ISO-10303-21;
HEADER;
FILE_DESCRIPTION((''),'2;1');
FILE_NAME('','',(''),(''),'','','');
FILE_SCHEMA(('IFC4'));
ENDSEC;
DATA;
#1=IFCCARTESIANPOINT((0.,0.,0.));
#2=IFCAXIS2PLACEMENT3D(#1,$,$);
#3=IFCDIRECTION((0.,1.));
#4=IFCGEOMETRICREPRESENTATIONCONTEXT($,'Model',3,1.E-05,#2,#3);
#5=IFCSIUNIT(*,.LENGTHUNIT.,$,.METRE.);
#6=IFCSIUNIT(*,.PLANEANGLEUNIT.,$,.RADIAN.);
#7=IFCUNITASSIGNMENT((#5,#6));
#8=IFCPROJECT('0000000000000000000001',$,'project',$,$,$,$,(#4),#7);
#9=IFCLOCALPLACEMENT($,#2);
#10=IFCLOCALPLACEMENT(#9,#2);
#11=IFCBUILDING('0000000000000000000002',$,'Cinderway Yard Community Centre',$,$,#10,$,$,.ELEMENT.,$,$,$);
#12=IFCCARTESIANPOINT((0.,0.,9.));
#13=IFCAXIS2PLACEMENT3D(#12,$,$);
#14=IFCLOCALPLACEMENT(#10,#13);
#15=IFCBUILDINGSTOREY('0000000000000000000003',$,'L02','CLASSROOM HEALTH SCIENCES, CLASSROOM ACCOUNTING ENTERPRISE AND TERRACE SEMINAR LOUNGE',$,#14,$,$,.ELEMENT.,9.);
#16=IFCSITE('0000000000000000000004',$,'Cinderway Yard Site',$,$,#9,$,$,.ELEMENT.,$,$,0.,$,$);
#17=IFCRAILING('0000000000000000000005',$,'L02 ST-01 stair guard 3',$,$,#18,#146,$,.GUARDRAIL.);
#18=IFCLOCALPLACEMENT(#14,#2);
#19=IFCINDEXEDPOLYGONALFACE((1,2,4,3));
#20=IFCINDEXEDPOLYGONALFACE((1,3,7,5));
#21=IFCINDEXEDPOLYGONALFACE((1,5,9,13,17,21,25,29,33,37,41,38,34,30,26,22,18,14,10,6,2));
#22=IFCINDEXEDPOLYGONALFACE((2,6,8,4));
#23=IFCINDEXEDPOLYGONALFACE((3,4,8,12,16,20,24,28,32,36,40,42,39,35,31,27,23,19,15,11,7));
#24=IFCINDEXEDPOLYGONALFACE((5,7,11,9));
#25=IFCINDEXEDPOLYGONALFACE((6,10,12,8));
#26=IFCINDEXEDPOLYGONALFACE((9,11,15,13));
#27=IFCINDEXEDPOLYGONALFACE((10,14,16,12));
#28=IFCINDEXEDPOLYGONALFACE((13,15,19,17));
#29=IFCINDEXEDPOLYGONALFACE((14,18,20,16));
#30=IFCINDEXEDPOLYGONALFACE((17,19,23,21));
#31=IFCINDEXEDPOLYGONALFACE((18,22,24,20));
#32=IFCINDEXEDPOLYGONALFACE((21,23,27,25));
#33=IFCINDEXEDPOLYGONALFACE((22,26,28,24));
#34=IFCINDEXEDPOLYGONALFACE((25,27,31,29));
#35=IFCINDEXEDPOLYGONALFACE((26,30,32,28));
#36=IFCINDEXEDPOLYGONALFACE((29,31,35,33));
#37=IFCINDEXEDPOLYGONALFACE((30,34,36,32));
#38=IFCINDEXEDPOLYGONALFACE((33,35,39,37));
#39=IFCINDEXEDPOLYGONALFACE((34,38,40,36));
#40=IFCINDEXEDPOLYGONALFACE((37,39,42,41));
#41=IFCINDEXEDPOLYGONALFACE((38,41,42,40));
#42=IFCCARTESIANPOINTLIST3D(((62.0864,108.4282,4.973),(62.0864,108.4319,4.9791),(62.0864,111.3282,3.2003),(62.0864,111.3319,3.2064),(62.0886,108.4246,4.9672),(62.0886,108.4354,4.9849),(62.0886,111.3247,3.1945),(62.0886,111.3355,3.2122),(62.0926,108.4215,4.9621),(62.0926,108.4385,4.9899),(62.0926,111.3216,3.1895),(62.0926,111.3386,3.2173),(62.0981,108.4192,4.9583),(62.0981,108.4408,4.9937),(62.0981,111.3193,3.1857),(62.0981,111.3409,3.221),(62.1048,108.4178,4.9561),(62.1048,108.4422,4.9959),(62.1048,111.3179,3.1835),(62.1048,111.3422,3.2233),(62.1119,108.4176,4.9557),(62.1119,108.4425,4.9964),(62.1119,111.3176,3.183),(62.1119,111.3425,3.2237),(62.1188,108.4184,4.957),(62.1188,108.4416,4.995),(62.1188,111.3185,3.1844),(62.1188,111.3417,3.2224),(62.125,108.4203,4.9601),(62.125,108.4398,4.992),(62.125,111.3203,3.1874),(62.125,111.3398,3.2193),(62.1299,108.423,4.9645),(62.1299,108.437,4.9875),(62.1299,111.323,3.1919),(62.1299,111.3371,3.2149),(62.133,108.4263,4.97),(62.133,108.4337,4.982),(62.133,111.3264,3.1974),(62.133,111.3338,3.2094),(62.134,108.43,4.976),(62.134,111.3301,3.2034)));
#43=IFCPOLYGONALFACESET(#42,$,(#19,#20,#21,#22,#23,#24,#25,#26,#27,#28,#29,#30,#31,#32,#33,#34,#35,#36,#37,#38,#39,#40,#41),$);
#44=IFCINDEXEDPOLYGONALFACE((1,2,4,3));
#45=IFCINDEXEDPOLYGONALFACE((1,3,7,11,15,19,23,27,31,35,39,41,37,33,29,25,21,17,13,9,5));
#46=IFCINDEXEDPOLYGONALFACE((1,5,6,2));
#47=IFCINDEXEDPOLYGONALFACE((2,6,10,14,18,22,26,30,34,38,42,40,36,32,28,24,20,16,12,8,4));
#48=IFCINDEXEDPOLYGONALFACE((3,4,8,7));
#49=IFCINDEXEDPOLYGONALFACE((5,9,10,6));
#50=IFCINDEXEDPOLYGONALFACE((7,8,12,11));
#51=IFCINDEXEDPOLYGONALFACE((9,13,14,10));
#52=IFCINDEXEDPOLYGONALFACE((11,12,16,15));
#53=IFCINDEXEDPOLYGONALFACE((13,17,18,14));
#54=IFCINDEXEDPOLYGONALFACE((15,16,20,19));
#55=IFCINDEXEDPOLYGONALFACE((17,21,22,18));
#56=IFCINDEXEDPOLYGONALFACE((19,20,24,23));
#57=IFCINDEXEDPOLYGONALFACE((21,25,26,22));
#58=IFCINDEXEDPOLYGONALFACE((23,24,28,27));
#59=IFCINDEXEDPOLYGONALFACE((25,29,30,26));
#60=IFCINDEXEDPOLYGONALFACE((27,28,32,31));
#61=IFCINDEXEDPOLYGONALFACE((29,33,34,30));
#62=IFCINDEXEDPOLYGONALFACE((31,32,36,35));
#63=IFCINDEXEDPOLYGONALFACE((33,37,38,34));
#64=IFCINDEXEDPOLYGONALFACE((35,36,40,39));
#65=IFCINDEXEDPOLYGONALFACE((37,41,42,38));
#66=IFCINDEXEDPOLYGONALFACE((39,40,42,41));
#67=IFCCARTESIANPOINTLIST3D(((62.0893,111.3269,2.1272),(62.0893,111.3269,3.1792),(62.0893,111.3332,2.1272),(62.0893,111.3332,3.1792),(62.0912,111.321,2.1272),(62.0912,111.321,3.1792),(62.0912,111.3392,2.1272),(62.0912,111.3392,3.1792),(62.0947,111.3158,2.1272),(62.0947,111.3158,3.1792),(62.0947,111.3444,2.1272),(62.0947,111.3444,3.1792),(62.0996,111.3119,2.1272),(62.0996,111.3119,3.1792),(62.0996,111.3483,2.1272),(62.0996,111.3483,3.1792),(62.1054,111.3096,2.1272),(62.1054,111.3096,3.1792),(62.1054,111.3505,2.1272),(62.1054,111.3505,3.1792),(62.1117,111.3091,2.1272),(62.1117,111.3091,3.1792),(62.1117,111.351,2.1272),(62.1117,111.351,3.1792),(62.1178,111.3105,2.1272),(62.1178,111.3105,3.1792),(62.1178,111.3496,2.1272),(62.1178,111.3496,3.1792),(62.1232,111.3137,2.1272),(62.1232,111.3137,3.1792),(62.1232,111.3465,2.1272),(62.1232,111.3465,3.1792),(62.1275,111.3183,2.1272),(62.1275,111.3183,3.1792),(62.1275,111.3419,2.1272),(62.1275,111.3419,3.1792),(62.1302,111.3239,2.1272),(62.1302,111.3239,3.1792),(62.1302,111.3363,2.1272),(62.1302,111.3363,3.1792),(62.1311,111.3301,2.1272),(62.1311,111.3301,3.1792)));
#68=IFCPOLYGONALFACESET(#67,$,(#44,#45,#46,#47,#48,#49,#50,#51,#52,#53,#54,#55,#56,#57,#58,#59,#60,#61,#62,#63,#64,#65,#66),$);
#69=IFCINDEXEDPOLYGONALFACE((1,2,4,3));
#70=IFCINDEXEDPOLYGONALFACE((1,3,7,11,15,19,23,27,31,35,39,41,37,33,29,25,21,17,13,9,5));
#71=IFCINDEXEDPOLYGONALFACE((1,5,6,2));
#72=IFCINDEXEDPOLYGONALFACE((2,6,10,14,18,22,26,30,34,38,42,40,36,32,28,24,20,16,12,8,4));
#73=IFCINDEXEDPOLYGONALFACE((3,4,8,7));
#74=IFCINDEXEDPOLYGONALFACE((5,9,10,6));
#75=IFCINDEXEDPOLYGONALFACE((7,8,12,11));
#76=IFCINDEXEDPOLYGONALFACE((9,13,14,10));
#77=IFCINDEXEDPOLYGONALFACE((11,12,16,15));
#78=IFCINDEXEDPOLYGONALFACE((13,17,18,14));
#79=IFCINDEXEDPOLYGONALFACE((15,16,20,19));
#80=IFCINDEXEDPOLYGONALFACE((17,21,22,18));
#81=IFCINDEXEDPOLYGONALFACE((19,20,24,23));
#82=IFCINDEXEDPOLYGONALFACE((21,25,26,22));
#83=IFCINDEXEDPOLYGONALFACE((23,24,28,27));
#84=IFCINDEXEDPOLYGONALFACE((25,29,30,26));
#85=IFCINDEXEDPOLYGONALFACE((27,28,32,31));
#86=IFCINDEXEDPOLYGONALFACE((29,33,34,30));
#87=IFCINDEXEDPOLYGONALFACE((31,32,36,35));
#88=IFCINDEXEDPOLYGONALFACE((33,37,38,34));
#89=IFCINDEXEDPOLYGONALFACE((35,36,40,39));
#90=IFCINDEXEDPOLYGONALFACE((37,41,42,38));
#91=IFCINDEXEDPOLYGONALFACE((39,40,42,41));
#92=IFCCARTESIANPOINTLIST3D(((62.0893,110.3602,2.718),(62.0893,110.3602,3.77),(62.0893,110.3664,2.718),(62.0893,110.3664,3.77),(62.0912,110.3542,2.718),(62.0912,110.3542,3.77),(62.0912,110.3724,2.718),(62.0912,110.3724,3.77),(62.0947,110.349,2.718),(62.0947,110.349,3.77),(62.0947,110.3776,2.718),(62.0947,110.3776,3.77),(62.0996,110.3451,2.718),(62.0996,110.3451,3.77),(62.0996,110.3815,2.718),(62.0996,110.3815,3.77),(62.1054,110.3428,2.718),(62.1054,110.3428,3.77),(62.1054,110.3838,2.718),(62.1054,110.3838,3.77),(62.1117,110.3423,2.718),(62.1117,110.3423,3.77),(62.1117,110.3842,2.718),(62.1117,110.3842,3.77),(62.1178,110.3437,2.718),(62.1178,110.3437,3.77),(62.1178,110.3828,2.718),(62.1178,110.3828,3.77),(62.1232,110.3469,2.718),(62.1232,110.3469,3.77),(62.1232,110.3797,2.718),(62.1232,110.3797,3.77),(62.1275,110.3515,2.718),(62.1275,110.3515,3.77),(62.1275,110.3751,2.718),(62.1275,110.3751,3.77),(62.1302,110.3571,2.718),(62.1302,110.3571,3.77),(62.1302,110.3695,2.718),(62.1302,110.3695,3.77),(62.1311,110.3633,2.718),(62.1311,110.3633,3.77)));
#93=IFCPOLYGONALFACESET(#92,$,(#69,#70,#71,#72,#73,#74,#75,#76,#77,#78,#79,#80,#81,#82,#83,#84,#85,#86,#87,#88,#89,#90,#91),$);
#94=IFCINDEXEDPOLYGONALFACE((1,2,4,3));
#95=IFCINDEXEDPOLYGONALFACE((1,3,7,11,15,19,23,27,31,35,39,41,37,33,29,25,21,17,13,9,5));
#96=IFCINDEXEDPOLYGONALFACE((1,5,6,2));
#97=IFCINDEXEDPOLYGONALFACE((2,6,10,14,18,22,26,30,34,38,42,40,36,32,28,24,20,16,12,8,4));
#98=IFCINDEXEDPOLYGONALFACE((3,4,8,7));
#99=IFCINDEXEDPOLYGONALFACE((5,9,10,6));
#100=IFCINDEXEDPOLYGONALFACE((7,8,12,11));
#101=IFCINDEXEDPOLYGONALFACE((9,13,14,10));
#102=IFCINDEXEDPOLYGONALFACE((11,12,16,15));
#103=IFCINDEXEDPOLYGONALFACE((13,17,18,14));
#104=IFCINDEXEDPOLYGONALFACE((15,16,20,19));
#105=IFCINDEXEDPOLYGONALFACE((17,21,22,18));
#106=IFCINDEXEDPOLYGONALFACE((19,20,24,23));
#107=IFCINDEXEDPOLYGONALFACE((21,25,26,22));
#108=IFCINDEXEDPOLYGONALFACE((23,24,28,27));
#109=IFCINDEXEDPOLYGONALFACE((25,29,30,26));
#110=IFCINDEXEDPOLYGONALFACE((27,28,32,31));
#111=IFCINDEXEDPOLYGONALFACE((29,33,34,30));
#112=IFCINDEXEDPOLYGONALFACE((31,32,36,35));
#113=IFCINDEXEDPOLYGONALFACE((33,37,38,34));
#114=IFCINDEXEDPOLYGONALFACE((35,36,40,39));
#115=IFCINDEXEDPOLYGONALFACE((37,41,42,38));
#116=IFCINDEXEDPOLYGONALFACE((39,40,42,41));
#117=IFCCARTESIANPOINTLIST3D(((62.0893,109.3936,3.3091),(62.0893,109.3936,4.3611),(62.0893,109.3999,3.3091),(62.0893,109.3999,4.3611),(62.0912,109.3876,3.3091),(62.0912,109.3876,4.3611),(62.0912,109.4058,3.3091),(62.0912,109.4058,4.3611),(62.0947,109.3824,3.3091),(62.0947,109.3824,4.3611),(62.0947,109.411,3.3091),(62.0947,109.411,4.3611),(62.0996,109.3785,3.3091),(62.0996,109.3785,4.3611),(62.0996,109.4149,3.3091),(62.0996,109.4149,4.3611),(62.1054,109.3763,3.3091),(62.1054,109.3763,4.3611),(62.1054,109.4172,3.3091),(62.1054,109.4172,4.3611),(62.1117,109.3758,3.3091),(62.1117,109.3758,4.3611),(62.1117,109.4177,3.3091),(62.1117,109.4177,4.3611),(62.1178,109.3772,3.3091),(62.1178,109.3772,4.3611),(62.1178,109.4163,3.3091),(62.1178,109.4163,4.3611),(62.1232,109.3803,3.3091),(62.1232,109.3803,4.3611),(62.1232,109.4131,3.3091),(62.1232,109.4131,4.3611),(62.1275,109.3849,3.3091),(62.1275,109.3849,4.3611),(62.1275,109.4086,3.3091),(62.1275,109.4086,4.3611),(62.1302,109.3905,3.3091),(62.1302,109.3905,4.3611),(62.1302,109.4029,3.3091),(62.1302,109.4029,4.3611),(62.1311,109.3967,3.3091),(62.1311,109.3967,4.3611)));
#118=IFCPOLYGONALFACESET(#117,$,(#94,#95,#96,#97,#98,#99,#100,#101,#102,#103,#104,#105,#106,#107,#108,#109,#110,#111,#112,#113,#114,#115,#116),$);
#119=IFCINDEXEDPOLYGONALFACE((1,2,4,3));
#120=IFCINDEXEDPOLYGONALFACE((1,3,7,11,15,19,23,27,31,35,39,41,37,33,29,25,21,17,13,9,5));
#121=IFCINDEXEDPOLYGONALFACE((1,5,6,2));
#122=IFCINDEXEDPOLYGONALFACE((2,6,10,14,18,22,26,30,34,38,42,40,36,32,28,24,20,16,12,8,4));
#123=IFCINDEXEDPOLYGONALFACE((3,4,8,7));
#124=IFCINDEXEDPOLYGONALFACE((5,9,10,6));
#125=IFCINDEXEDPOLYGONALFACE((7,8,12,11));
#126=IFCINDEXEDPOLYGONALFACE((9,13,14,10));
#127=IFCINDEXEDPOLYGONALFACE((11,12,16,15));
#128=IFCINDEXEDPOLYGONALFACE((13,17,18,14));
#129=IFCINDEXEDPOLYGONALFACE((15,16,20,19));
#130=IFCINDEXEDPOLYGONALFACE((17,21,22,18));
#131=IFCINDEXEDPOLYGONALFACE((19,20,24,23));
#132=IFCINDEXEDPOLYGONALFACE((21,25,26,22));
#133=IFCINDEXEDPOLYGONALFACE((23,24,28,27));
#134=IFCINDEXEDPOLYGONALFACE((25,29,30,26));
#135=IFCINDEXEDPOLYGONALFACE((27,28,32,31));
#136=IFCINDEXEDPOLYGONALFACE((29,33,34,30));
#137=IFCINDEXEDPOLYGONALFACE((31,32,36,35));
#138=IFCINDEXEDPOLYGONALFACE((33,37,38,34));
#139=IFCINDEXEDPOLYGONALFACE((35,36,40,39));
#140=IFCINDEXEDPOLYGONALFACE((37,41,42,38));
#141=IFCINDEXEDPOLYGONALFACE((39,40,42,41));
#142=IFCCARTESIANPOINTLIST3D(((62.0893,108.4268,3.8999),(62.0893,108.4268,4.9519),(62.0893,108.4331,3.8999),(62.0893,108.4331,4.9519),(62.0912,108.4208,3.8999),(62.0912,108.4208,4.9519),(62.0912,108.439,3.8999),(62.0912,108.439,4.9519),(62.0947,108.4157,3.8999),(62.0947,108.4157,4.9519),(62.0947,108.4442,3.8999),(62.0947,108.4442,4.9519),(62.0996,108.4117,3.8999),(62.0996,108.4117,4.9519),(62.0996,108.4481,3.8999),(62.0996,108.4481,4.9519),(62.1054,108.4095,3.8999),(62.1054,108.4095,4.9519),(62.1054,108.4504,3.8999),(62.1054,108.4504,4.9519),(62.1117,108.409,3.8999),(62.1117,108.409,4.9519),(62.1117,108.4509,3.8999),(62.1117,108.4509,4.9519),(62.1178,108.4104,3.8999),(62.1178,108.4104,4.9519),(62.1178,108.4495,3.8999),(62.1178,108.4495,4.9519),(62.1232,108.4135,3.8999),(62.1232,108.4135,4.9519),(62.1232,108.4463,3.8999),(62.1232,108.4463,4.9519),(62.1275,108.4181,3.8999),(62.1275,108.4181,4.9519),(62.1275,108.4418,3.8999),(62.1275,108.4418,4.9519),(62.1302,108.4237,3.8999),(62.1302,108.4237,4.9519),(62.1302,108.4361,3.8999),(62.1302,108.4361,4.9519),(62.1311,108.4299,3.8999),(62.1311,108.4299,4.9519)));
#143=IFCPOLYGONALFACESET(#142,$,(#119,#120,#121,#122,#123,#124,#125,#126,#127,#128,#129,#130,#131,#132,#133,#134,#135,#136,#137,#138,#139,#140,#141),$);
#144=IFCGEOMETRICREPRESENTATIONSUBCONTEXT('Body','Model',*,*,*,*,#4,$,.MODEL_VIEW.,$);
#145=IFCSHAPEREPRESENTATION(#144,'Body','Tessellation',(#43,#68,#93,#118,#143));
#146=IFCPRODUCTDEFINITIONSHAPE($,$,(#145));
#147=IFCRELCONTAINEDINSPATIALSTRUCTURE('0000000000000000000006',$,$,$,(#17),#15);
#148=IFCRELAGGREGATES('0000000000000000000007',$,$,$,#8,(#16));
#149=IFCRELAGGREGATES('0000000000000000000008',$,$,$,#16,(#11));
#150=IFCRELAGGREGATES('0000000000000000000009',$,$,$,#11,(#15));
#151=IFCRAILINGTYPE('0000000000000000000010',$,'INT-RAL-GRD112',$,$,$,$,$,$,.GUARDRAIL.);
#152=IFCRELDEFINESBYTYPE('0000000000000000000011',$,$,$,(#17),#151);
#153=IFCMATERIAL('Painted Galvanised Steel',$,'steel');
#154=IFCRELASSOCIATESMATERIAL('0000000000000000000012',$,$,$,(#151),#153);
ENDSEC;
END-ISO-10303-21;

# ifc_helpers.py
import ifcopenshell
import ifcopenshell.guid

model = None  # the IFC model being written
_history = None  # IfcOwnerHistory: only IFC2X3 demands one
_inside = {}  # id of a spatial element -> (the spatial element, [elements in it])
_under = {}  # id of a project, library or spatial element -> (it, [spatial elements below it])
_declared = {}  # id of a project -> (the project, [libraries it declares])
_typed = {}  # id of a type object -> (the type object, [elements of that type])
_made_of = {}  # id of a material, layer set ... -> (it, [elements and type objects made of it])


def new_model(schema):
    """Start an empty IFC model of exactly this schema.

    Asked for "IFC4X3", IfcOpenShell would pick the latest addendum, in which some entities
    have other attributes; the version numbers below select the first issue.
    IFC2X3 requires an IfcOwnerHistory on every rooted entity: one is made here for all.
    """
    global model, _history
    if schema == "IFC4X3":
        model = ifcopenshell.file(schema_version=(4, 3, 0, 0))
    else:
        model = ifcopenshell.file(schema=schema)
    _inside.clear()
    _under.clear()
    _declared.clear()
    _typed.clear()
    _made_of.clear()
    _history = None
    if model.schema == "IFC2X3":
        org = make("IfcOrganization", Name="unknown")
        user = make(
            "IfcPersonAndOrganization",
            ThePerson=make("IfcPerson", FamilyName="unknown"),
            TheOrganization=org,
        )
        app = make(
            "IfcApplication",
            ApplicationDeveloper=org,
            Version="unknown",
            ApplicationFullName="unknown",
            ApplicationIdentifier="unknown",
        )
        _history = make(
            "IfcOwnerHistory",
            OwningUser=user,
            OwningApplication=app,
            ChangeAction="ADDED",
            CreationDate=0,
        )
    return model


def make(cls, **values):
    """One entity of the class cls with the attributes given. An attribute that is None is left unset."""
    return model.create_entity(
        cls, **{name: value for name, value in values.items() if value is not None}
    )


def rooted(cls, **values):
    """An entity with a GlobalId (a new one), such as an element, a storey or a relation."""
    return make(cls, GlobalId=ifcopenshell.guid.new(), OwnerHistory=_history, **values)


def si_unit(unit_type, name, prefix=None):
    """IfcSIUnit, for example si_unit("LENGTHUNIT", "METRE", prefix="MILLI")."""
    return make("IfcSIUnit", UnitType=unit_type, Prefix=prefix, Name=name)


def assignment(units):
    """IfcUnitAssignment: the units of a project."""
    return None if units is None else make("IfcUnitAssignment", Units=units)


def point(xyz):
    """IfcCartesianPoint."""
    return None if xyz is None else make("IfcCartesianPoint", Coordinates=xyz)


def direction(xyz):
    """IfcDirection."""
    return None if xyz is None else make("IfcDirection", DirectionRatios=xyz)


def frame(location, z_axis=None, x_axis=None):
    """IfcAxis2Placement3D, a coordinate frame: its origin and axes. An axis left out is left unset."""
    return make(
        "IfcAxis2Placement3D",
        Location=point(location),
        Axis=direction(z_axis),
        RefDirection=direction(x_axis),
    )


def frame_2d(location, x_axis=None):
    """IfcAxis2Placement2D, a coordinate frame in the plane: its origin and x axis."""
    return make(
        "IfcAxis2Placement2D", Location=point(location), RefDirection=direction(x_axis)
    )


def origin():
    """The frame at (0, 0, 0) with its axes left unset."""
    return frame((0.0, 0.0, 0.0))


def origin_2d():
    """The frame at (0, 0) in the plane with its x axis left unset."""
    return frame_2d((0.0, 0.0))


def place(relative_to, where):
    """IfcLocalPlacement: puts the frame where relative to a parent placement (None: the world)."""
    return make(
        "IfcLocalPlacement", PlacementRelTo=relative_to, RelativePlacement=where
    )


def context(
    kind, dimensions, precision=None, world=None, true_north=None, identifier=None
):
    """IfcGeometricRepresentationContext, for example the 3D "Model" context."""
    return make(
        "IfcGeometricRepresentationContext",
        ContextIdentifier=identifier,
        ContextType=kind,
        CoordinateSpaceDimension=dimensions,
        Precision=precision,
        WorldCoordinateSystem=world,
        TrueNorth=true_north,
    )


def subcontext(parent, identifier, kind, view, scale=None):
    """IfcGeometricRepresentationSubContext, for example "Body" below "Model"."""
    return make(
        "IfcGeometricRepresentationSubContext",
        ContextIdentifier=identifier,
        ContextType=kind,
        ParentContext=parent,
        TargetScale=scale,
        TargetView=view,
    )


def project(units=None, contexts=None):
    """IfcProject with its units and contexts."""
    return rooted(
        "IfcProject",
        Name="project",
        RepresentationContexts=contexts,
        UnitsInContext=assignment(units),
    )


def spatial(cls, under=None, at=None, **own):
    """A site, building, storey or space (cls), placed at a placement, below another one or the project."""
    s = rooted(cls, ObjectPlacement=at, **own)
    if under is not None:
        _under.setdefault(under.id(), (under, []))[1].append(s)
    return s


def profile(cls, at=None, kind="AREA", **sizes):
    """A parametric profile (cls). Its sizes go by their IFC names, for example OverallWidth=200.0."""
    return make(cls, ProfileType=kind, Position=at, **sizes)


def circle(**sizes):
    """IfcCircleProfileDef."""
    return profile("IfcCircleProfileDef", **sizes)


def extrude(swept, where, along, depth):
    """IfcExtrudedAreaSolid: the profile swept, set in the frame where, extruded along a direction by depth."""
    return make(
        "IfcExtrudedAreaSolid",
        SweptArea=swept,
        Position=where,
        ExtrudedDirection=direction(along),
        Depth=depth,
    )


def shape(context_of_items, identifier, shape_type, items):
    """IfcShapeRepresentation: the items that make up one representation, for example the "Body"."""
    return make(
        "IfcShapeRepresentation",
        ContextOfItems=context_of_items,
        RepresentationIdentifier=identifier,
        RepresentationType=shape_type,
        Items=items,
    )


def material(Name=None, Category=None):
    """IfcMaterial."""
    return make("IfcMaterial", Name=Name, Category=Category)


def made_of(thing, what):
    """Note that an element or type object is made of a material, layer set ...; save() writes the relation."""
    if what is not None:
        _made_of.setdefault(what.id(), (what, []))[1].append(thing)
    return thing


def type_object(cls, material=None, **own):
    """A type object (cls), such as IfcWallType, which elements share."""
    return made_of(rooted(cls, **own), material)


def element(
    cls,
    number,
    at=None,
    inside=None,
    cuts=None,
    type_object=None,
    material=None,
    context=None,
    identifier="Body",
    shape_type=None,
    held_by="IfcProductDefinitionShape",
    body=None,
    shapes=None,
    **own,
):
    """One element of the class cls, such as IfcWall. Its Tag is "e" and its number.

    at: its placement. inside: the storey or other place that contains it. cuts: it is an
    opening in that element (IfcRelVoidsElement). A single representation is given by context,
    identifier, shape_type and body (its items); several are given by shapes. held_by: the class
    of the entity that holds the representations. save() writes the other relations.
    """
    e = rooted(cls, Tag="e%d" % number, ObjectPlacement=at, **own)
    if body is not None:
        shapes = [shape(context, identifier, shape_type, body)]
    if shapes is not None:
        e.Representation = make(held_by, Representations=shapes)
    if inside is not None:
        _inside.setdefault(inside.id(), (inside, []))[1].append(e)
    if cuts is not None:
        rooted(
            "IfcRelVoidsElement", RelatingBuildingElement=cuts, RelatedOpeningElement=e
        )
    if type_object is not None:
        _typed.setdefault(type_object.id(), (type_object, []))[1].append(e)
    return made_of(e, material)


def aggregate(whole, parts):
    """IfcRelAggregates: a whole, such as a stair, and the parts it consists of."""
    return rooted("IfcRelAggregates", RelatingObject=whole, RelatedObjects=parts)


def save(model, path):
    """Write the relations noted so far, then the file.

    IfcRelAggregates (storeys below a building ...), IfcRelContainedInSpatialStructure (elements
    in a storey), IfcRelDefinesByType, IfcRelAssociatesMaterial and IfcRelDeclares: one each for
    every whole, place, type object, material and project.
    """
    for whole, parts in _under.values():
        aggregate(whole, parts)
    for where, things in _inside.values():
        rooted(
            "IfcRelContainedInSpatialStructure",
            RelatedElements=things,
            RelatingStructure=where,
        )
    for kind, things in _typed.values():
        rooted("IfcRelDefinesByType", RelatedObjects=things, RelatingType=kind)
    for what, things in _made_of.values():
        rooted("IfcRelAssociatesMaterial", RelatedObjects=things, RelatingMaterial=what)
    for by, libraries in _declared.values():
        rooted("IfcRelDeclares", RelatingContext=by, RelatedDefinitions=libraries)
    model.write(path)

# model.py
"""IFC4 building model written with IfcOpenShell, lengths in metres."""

from ifc_helpers import new_model, si_unit, direction, frame, origin, origin_2d, place, context, subcontext, project, spatial, circle, extrude, material, type_object, element, save


model = new_model("IFC4")

# Units and contexts
model_context = context("Model", 3, precision=1e-05, world=origin(), true_north=direction((0.0, 1.0)))
body_context = subcontext(model_context, "Body", "Model", "MODEL_VIEW")
ifc_project = project(units=[si_unit("LENGTHUNIT", "METRE"), si_unit("PLANEANGLEUNIT", "RADIAN")], contexts=[model_context])

# Site, building, storey
site_placement = place(None, origin())
site = spatial("IfcSite", under=ifc_project, at=site_placement, Name="Cinderway Yard Site", CompositionType="ELEMENT", RefElevation=0.0)
building_placement = place(site_placement, origin())
building = spatial("IfcBuilding", under=site, at=building_placement, Name="Cinderway Yard Community Centre", CompositionType="ELEMENT")
storey_placement = place(building_placement, frame((0.0, 0.0, 9.0)))
storey = spatial("IfcBuildingStorey", under=building, at=storey_placement, Name="L02", Description="CLASSROOM HEALTH SCIENCES, CLASSROOM ACCOUNTING ENTERPRISE AND TERRACE SEMINAR LOUNGE", CompositionType="ELEMENT", Elevation=9.0)

# Shared definitions
ifc_material_1 = material(Name="Painted Galvanised Steel", Category="steel")

# Railing
railing_type_1 = type_object("IfcRailingType", Name="INT-RAL-GRD112", PredefinedType="GUARDRAIL", material=ifc_material_1)
railing_1_placement = place(storey_placement, frame((62.1101, 111.3301, 2.1272)))
element("IfcRailing", 1, at=railing_1_placement, inside=storey, type_object=railing_type_1, Name="L02 ST-01 stair guard 3", PredefinedType="GUARDRAIL", context=body_context, shape_type="SweptSolid", body=[
    extrude(circle(Radius=0.0239, at=origin_2d()), frame((0.0, 0.0, 1.0762), z_axis=(0.0, -0.85323, 0.521534), x_axis=(1.0, 0.0, 0.0)), (0.0, 0.0, 1.0), 3.3989),
    extrude(circle(Radius=0.021, at=origin_2d()), origin(), (0.0, 0.0, 1.0), 1.052),
    extrude(circle(Radius=0.021, at=origin_2d()), frame((0.0, -0.9668, 0.5908)), (0.0, 0.0, 1.0), 1.052),
    extrude(circle(Radius=0.021, at=origin_2d()), frame((0.0, -1.9333, 1.1819)), (0.0, 0.0, 1.0), 1.052),
    extrude(circle(Radius=0.021, at=origin_2d()), frame((0.0, -2.9001, 1.7727)), (0.0, 0.0, 1.0), 1.052),
])

save(model, "model.ifc")
